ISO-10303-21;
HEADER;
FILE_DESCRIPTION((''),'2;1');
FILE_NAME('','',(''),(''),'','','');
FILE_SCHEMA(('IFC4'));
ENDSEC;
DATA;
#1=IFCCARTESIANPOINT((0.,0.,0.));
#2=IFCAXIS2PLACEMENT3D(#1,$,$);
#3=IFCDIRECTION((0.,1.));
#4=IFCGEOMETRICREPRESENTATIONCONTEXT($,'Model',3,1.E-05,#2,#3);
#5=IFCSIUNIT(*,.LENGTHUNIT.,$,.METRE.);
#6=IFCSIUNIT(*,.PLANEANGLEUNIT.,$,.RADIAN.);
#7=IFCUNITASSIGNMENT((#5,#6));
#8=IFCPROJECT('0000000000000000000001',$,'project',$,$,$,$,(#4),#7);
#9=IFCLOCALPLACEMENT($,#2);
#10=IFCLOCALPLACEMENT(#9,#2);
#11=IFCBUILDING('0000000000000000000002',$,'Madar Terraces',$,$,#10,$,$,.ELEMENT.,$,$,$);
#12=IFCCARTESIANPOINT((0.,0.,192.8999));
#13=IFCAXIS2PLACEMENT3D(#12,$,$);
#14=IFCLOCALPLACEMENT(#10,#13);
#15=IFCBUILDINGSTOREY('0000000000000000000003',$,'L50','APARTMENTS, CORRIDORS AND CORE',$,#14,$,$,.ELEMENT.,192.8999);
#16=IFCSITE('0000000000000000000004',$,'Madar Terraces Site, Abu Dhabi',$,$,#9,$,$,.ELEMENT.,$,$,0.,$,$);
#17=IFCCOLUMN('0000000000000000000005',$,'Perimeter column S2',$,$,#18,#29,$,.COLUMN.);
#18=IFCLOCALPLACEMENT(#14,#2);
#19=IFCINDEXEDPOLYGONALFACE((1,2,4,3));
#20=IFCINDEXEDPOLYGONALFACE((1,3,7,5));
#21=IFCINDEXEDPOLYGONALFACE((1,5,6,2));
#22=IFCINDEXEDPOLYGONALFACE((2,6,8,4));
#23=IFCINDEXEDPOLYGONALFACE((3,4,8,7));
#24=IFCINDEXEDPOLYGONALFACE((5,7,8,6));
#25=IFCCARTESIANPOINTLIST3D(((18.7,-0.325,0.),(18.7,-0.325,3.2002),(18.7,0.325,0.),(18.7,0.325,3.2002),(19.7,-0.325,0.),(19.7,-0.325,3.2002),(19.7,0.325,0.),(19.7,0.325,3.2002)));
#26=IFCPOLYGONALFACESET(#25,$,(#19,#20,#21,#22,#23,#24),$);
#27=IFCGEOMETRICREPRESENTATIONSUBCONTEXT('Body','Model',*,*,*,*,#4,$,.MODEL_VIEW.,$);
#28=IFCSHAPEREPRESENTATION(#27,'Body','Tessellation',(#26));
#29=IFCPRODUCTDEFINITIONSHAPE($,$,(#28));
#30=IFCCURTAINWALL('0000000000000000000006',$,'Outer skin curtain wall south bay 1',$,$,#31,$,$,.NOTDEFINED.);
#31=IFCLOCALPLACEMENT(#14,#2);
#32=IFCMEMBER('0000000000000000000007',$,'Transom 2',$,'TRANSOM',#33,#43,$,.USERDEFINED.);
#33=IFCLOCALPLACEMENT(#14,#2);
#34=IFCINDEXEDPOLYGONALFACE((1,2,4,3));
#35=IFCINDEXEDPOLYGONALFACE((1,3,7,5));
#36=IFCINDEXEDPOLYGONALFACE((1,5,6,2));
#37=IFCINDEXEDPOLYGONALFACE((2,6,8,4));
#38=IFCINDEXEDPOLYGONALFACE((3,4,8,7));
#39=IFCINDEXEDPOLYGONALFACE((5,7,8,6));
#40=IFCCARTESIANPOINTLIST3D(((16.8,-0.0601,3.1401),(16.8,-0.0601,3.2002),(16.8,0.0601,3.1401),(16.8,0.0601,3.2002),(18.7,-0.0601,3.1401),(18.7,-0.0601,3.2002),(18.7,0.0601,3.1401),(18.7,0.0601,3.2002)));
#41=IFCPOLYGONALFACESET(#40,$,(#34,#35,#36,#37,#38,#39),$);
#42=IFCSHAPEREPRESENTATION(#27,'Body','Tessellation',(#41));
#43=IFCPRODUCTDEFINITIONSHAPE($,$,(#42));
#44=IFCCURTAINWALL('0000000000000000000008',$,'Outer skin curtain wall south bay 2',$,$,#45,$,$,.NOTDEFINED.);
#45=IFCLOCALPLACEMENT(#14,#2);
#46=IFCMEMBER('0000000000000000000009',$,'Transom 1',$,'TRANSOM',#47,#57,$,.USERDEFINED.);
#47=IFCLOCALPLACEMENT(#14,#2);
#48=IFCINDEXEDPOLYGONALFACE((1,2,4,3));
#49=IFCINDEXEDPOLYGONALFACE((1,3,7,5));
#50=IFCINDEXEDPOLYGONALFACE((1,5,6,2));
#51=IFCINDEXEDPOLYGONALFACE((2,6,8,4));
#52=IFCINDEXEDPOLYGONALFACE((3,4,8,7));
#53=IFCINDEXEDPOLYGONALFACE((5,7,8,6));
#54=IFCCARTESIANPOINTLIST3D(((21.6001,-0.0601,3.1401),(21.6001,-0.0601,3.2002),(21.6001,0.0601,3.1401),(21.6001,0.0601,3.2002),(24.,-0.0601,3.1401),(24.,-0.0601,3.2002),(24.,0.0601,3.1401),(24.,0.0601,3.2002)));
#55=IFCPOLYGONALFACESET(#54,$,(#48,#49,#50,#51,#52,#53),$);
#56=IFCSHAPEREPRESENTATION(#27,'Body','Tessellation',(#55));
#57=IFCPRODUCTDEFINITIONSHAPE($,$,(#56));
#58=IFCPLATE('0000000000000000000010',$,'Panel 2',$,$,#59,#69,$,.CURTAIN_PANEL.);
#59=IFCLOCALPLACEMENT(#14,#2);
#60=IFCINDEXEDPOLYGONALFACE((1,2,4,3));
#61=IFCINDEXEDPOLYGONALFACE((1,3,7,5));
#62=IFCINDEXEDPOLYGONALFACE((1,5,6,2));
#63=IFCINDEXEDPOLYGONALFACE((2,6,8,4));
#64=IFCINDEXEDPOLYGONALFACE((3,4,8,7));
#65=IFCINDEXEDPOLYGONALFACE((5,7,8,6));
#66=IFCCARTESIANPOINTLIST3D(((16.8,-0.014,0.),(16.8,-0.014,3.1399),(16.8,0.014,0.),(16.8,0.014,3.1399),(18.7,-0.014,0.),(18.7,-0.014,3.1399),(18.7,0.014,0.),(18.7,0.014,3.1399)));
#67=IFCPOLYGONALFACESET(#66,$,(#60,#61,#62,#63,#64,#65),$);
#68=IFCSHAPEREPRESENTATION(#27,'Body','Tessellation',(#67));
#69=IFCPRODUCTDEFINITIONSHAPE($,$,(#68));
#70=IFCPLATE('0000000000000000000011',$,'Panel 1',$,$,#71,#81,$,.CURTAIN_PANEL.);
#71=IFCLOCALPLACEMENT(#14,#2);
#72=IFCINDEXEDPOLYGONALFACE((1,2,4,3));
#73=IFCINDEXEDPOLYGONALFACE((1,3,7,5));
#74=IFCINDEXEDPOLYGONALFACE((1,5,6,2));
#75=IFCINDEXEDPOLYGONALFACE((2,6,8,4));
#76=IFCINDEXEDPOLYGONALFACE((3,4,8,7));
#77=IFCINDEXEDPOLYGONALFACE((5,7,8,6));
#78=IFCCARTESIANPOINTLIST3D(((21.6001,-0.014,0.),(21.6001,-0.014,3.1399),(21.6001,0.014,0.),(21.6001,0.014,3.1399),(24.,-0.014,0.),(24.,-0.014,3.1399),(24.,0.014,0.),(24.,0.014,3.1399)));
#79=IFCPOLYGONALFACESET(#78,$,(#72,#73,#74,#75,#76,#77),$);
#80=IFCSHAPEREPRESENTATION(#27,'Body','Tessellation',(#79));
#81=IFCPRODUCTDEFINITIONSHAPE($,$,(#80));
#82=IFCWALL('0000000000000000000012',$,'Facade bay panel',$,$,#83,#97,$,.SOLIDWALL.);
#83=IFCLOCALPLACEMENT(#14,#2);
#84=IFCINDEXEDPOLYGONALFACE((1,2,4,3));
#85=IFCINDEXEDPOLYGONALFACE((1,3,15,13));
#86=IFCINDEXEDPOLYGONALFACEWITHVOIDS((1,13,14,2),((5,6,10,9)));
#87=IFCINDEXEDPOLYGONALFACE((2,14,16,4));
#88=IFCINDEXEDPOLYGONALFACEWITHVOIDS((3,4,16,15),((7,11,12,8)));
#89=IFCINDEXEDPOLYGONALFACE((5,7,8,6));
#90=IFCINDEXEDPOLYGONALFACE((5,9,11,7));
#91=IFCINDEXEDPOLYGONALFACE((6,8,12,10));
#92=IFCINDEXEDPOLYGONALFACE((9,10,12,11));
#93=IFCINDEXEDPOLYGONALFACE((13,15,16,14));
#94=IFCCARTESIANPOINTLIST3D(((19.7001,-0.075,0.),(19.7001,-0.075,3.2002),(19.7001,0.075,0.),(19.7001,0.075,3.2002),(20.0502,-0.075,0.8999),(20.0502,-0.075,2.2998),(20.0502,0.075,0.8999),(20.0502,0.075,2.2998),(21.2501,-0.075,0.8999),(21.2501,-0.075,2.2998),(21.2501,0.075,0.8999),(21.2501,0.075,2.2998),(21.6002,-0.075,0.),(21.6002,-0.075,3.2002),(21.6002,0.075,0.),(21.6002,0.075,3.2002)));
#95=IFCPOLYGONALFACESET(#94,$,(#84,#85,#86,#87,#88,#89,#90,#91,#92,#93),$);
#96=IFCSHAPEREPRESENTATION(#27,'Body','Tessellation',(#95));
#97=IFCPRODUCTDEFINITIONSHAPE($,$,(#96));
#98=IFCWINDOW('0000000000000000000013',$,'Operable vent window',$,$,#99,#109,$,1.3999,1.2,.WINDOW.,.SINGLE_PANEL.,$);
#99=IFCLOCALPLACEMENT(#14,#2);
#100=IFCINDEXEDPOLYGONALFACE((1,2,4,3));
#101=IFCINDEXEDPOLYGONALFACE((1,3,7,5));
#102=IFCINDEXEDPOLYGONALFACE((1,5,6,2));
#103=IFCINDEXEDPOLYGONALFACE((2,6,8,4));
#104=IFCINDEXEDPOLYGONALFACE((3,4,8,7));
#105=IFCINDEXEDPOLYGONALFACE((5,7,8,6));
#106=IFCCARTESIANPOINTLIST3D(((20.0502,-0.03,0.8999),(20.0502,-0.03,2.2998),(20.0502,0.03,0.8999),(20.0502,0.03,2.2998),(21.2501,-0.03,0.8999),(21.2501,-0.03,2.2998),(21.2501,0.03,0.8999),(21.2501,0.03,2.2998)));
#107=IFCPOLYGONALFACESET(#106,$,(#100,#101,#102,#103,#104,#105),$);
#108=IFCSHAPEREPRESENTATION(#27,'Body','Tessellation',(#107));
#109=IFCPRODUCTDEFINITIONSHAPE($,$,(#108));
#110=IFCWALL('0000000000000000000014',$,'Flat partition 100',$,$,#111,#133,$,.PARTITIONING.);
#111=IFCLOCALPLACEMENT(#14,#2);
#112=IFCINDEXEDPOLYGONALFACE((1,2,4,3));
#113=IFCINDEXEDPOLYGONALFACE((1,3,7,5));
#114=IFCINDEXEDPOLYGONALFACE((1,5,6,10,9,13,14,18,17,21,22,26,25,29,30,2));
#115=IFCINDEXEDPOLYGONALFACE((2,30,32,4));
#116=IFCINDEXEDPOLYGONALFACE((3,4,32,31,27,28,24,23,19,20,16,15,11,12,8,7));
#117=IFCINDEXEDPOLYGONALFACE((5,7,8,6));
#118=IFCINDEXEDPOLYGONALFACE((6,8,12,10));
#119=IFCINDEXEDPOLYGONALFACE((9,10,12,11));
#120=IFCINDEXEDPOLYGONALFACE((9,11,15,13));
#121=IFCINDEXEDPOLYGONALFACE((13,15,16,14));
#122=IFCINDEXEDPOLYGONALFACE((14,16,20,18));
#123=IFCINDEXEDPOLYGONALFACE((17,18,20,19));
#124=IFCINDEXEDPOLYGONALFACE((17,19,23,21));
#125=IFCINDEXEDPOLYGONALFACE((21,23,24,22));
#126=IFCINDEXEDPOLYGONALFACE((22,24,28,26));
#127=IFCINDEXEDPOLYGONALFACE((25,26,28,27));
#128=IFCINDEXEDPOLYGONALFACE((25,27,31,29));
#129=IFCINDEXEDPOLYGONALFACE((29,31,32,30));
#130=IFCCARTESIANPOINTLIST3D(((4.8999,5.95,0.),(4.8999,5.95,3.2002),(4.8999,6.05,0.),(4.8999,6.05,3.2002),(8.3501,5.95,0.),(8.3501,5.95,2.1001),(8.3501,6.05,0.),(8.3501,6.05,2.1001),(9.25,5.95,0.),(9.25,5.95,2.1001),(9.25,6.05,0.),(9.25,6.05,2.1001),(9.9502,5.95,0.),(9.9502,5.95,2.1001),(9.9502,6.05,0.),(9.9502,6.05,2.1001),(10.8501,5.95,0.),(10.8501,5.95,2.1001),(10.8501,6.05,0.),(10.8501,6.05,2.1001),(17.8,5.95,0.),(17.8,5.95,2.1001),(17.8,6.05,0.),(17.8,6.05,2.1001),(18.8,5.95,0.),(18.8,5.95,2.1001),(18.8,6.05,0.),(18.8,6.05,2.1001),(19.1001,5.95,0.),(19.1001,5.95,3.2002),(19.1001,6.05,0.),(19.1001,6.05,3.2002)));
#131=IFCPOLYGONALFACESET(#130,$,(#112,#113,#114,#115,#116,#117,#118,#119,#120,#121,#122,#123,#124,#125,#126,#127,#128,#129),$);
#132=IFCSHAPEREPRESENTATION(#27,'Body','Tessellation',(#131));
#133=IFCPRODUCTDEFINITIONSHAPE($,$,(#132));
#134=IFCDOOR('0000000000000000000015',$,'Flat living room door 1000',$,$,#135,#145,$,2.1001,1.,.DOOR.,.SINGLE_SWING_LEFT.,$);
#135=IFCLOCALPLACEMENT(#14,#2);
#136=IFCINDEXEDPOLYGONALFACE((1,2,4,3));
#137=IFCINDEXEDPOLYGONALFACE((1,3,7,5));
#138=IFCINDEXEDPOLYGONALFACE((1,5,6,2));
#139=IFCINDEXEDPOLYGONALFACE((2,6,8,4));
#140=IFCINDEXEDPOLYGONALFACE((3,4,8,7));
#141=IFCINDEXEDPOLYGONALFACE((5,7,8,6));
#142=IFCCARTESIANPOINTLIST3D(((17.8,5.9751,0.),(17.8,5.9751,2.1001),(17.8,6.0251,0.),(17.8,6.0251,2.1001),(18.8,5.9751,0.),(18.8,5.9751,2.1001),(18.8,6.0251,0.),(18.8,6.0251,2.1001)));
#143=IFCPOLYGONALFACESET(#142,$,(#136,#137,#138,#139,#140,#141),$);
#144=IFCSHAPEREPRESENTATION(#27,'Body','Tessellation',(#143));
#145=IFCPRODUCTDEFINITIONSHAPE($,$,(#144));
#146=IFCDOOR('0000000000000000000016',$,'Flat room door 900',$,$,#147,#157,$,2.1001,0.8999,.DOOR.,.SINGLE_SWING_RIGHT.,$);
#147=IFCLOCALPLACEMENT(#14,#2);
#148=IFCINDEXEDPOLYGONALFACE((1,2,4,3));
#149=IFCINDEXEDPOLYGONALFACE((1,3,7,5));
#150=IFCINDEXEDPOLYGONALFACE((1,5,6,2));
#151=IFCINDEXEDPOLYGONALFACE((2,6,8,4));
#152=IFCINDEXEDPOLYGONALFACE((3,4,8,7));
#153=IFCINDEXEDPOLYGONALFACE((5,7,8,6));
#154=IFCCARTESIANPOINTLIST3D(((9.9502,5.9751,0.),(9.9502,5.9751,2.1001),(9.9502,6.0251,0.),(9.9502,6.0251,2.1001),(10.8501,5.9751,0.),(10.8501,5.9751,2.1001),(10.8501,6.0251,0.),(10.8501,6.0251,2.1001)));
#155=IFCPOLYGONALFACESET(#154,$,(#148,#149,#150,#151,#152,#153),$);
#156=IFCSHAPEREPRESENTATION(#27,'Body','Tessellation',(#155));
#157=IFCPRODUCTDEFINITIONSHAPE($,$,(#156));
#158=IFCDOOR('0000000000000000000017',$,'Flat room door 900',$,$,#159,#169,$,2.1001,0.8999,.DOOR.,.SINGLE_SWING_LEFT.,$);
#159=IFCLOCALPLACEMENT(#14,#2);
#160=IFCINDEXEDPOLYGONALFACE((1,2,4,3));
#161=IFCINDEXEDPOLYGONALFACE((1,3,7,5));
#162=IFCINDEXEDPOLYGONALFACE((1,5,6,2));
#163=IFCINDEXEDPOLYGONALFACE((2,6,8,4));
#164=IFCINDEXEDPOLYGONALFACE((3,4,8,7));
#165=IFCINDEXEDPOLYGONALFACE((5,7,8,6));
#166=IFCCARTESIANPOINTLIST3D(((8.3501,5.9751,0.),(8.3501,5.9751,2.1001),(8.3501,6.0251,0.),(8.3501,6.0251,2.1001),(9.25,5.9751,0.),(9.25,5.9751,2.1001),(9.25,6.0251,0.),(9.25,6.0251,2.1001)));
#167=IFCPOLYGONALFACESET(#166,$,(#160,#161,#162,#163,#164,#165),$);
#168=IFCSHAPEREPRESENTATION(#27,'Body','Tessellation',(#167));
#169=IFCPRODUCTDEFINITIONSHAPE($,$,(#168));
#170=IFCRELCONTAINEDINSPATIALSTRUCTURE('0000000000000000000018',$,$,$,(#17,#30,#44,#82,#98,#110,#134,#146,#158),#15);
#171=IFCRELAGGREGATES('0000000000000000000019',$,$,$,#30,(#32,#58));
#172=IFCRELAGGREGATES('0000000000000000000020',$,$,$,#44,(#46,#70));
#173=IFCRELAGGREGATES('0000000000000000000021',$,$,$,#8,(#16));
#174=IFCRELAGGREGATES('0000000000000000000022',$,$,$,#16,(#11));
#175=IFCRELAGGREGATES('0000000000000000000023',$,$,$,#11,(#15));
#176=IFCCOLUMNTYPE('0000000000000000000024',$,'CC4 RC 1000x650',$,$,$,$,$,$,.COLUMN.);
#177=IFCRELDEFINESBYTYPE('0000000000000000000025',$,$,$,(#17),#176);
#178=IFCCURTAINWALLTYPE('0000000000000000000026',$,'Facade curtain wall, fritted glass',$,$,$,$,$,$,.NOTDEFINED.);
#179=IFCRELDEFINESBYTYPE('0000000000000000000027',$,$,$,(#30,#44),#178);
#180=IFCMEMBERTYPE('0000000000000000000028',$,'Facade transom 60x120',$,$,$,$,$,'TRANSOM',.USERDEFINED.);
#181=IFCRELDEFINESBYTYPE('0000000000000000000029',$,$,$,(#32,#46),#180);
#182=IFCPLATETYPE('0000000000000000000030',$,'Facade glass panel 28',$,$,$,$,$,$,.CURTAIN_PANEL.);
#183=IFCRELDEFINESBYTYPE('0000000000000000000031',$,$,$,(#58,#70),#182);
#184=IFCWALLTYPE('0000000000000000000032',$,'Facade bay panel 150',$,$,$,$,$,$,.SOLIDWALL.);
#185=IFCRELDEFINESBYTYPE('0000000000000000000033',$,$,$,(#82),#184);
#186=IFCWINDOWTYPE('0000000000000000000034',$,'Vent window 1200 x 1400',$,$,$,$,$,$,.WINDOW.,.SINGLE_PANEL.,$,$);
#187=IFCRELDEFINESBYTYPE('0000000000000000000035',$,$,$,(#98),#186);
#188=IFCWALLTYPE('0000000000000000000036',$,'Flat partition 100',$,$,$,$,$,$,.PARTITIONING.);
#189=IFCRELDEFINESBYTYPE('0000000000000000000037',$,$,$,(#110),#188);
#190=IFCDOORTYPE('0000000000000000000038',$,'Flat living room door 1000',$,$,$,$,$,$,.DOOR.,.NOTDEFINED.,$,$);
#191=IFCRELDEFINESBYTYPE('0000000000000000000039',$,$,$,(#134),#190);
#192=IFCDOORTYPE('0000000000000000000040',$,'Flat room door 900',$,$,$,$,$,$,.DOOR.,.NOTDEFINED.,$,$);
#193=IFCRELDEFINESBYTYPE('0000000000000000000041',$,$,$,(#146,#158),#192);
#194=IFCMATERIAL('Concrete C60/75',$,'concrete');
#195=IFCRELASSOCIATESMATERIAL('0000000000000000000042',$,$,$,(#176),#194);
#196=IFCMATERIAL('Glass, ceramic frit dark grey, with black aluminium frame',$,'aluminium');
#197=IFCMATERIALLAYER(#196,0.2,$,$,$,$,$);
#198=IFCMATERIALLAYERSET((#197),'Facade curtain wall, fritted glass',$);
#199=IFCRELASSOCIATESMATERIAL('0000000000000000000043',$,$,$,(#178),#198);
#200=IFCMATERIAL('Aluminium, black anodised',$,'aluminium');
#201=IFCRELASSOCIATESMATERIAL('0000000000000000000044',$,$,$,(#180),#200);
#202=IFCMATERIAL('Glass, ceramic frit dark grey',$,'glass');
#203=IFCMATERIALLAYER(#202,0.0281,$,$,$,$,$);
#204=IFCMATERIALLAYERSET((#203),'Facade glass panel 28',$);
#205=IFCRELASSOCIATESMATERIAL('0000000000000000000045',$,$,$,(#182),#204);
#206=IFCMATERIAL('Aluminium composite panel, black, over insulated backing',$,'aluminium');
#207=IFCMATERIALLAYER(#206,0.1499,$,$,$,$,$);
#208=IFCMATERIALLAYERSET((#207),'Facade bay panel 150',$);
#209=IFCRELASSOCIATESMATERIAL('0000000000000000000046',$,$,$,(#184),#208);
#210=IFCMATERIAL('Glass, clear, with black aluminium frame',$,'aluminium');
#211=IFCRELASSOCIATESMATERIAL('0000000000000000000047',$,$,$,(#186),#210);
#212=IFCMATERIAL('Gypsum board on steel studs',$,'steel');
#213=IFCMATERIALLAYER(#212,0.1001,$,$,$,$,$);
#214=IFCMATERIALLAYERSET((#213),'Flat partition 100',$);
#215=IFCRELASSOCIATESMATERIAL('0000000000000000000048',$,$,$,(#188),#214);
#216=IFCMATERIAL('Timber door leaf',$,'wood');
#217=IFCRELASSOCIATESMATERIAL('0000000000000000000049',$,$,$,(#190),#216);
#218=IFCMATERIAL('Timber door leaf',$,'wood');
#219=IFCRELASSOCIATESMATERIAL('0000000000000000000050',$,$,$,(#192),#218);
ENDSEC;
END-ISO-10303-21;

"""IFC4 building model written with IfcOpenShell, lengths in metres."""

from ifc_helpers import new_model, si_unit, direction, frame, frame_2d, origin, origin_2d, place, context, subcontext, project, spatial, rectangle, extrude, material, layer, layer_set, material_profile, profile_set, type_object, element, fill, aggregate, save


model = new_model("IFC4")

# Units and contexts
model_context = context("Model", 3, precision=1e-05, world=origin(), true_north=direction((0.0, 1.0)))
body_context = subcontext(model_context, "Body", "Model", "MODEL_VIEW")
ifc_project = project(units=[si_unit("LENGTHUNIT", "METRE"), si_unit("PLANEANGLEUNIT", "RADIAN")], contexts=[model_context])

# Site, building, storey
site_placement = place(None, origin())
site = spatial("IfcSite", under=ifc_project, at=site_placement, Name="Madar Terraces Site, Abu Dhabi", CompositionType="ELEMENT", RefElevation=0.0)
building_placement = place(site_placement, origin())
building = spatial("IfcBuilding", under=site, at=building_placement, Name="Madar Terraces", CompositionType="ELEMENT")
storey_placement = place(building_placement, frame((0.0, 0.0, 192.8999)))
storey = spatial("IfcBuildingStorey", under=building, at=storey_placement, Name="L50", Description="APARTMENTS, CORRIDORS AND CORE", CompositionType="ELEMENT", Elevation=192.8999)

# Column
ifc_material_1 = material(Name="Concrete C60/75", Category="concrete")
ifc_material_profile_1 = material_profile(ifc_material_1, rectangle(XDim=1.0, YDim=0.6499, at=origin_2d()), Name="CC4 RC 1000x650")
ifc_profile_set_1 = profile_set([ifc_material_profile_1], Name="Concrete C60/75")
column_type = type_object("IfcColumnType", Name="CC4 RC 1000x650", PredefinedType="COLUMN", material=ifc_profile_set_1)
column_placement = place(storey_placement, frame((19.2, 0.0, 0.0), z_axis=(0.0, 0.0, 1.0), x_axis=(1.0, 0.0, 0.0)))
element("IfcColumn", 1, at=column_placement, inside=storey, type_object=column_type, Name="Perimeter column S2", PredefinedType="COLUMN", context=body_context, shape_type="SweptSolid", body=[
    extrude(rectangle(XDim=1.0, YDim=0.6499, at=origin_2d()), origin(), (0.0, 0.0, 1.0), 3.2002),
])

# Curtain walls, members
ifc_material_2 = material(Name="Glass, ceramic frit dark grey, with black aluminium frame", Category="aluminium")
ifc_layer_1 = layer(ifc_material_2, 0.2)
ifc_layer_set_1 = layer_set([ifc_layer_1], Name="Facade curtain wall, fritted glass")
curtain_wall_type = type_object("IfcCurtainWallType", Name="Facade curtain wall, fritted glass", PredefinedType="NOTDEFINED", material=ifc_layer_set_1)
curtain_wall_1_placement = place(storey_placement, origin())
curtain_wall_1 = element("IfcCurtainWall", 2, at=curtain_wall_1_placement, inside=storey, type_object=curtain_wall_type, Name="Outer skin curtain wall south bay 1", PredefinedType="NOTDEFINED")
ifc_material_3 = material(Name="Aluminium, black anodised", Category="aluminium")
ifc_material_profile_2 = material_profile(ifc_material_3, rectangle(XDim=0.1201, YDim=0.0601, at=origin_2d()), Name="Facade transom 60x120")
ifc_profile_set_2 = profile_set([ifc_material_profile_2], Name="Aluminium, black anodised")
member_type = type_object("IfcMemberType", Name="Facade transom 60x120", ElementType="TRANSOM", PredefinedType="USERDEFINED", material=ifc_profile_set_2)
member_1_placement = place(storey_placement, frame((16.8, 0.0, 3.1702), z_axis=(1.0, 0.0, 0.0), x_axis=(0.0, 1.0, 0.0)))
member_1 = element("IfcMember", 3, at=member_1_placement, type_object=member_type, Name="Transom 2", ObjectType="TRANSOM", PredefinedType="USERDEFINED", context=body_context, shape_type="SweptSolid", body=[
    extrude(rectangle(XDim=0.1201, YDim=0.0601, at=origin_2d()), origin(), (0.0, 0.0, 1.0), 1.8999),
])
curtain_wall_2_placement = place(storey_placement, origin())
curtain_wall_2 = element("IfcCurtainWall", 4, at=curtain_wall_2_placement, inside=storey, type_object=curtain_wall_type, Name="Outer skin curtain wall south bay 2", PredefinedType="NOTDEFINED")
member_2_placement = place(storey_placement, frame((21.6001, 0.0, 3.1702), z_axis=(1.0, 0.0, 0.0), x_axis=(0.0, 1.0, 0.0)))
member_2 = element("IfcMember", 5, at=member_2_placement, type_object=member_type, Name="Transom 1", ObjectType="TRANSOM", PredefinedType="USERDEFINED", context=body_context, shape_type="SweptSolid", body=[
    extrude(rectangle(XDim=0.1201, YDim=0.0601, at=origin_2d()), origin(), (0.0, 0.0, 1.0), 2.3999),
])

# Plates
ifc_material_4 = material(Name="Glass, ceramic frit dark grey", Category="glass")
ifc_layer_2 = layer(ifc_material_4, 0.0281)
ifc_layer_set_2 = layer_set([ifc_layer_2], Name="Facade glass panel 28")
plate_type = type_object("IfcPlateType", Name="Facade glass panel 28", PredefinedType="CURTAIN_PANEL", material=ifc_layer_set_2)
plate_1_placement = place(storey_placement, frame((17.75, 0.0, 0.0), z_axis=(0.0, 0.0, 1.0), x_axis=(1.0, 0.0, 0.0)))
plate_1 = element("IfcPlate", 6, at=plate_1_placement, type_object=plate_type, Name="Panel 2", PredefinedType="CURTAIN_PANEL", context=body_context, shape_type="SweptSolid", body=[
    extrude(rectangle(XDim=1.8999, YDim=0.0281, at=origin_2d()), origin(), (0.0, 0.0, 1.0), 3.1399),
])
aggregate(curtain_wall_1, [member_1, plate_1])
plate_2_placement = place(storey_placement, frame((22.8, 0.0, 0.0), z_axis=(0.0, 0.0, 1.0), x_axis=(1.0, 0.0, 0.0)))
plate_2 = element("IfcPlate", 7, at=plate_2_placement, type_object=plate_type, Name="Panel 1", PredefinedType="CURTAIN_PANEL", context=body_context, shape_type="SweptSolid", body=[
    extrude(rectangle(XDim=2.3999, YDim=0.0281, at=origin_2d()), origin(), (0.0, 0.0, 1.0), 3.1399),
])
aggregate(curtain_wall_2, [member_2, plate_2])

# Wall, opening, window
ifc_material_5 = material(Name="Aluminium composite panel, black, over insulated backing", Category="aluminium")
ifc_layer_3 = layer(ifc_material_5, 0.1499)
ifc_layer_set_3 = layer_set([ifc_layer_3], Name="Facade bay panel 150")
wall_type_1 = type_object("IfcWallType", Name="Facade bay panel 150", PredefinedType="SOLIDWALL", material=ifc_layer_set_3)
wall_1_placement = place(storey_placement, frame((19.7, 0.0, 0.0), z_axis=(0.0, 0.0, 1.0), x_axis=(1.0, 0.0, 0.0)))
wall_1 = element("IfcWall", 8, at=wall_1_placement, inside=storey, type_object=wall_type_1, Name="Facade bay panel", PredefinedType="SOLIDWALL", context=body_context, shape_type="SweptSolid", body=[
    extrude(rectangle(XDim=1.9001, YDim=0.1499, at=frame_2d((0.9502, 0.0))), origin(), (0.0, 0.0, 1.0), 3.2002),
])
opening_1_placement = place(wall_1_placement, frame((0.3501, 0.0, 0.8999)))
opening_1 = element("IfcOpeningElement", 9, at=opening_1_placement, cuts=wall_1, PredefinedType="OPENING", context=body_context, shape_type="SweptSolid", body=[
    extrude(rectangle(XDim=1.2, YDim=1.3999, at=frame_2d((0.6001, 0.7))), frame((0.0, 0.085, 0.0), z_axis=(0.0, -1.0, 0.0), x_axis=(1.0, 0.0, 0.0)), (0.0, 0.0, 1.0), 0.1699),
])
ifc_material_6 = material(Name="Glass, clear, with black aluminium frame", Category="aluminium")
window_type = type_object("IfcWindowType", Name="Vent window 1200 x 1400", PartitioningType="SINGLE_PANEL", PredefinedType="WINDOW", material=ifc_material_6)
window_placement = place(opening_1_placement, origin())
window = element("IfcWindow", 10, at=window_placement, inside=storey, type_object=window_type, Name="Operable vent window", OverallHeight=1.3999, OverallWidth=1.2, PartitioningType="SINGLE_PANEL", PredefinedType="WINDOW", context=body_context, shape_type="SweptSolid", body=[
    extrude(rectangle(XDim=1.2, YDim=1.3999, at=frame_2d((0.6001, 0.7))), frame((0.0, 0.03, 0.0), z_axis=(0.0, -1.0, 0.0), x_axis=(1.0, 0.0, 0.0)), (0.0, 0.0, 1.0), 0.0601),
])
fill(opening_1, window)

# Wall, openings, doors
ifc_material_7 = material(Name="Gypsum board on steel studs", Category="steel")
ifc_layer_4 = layer(ifc_material_7, 0.1001)
ifc_layer_set_4 = layer_set([ifc_layer_4], Name="Flat partition 100")
wall_type_2 = type_object("IfcWallType", Name="Flat partition 100", PredefinedType="PARTITIONING", material=ifc_layer_set_4)
wall_2_placement = place(storey_placement, frame((19.1001, 6.0, 0.0), z_axis=(0.0, 0.0, 1.0), x_axis=(-1.0, 0.0, 0.0)))
wall_2 = element("IfcWall", 11, at=wall_2_placement, inside=storey, type_object=wall_type_2, Name="Flat partition 100", PredefinedType="PARTITIONING", context=body_context, shape_type="SweptSolid", body=[
    extrude(rectangle(XDim=14.2002, YDim=0.1001, at=frame_2d((7.1001, 0.0))), origin(), (0.0, 0.0, 1.0), 3.2002),
])
opening_2_placement = place(wall_2_placement, frame((0.3, 0.0, 0.0)))
opening_2 = element("IfcOpeningElement", 12, at=opening_2_placement, cuts=wall_2, PredefinedType="OPENING", context=body_context, shape_type="SweptSolid", body=[
    extrude(rectangle(XDim=1.0, YDim=2.1001, at=frame_2d((0.5, 1.05))), frame((0.0, 0.0601, 0.0), z_axis=(0.0, -1.0, 0.0), x_axis=(1.0, 0.0, 0.0)), (0.0, 0.0, 1.0), 0.1201),
])
opening_3_placement = place(wall_2_placement, frame((8.25, 0.0, 0.0)))
opening_3 = element("IfcOpeningElement", 13, at=opening_3_placement, cuts=wall_2, PredefinedType="OPENING", context=body_context, shape_type="SweptSolid", body=[
    extrude(rectangle(XDim=0.8999, YDim=2.1001, at=frame_2d((0.45, 1.05))), frame((0.0, 0.0601, 0.0), z_axis=(0.0, -1.0, 0.0), x_axis=(1.0, 0.0, 0.0)), (0.0, 0.0, 1.0), 0.1201),
])
opening_4_placement = place(wall_2_placement, frame((9.8501, 0.0, 0.0)))
opening_4 = element("IfcOpeningElement", 14, at=opening_4_placement, cuts=wall_2, PredefinedType="OPENING", context=body_context, shape_type="SweptSolid", body=[
    extrude(rectangle(XDim=0.8999, YDim=2.1001, at=frame_2d((0.45, 1.05))), frame((0.0, 0.0601, 0.0), z_axis=(0.0, -1.0, 0.0), x_axis=(1.0, 0.0, 0.0)), (0.0, 0.0, 1.0), 0.1201),
])
ifc_material_8 = material(Name="Timber door leaf", Category="wood")
door_type_1 = type_object("IfcDoorType", Name="Flat living room door 1000", OperationType="NOTDEFINED", PredefinedType="DOOR", material=ifc_material_8)
door_1_placement = place(opening_2_placement, origin())
door_1 = element("IfcDoor", 15, at=door_1_placement, inside=storey, type_object=door_type_1, Name="Flat living room door 1000", OperationType="SINGLE_SWING_LEFT", OverallHeight=2.1001, OverallWidth=1.0, PredefinedType="DOOR", context=body_context, shape_type="SweptSolid", body=[
    extrude(rectangle(XDim=1.0, YDim=2.1001, at=frame_2d((0.5, 1.05))), frame((0.0, 0.0249, 0.0), z_axis=(0.0, -1.0, 0.0), x_axis=(1.0, 0.0, 0.0)), (0.0, 0.0, 1.0), 0.05),
])
fill(opening_2, door_1)
ifc_material_9 = material(Name="Timber door leaf", Category="wood")
door_type_2 = type_object("IfcDoorType", Name="Flat room door 900", OperationType="NOTDEFINED", PredefinedType="DOOR", material=ifc_material_9)
door_2_placement = place(opening_3_placement, origin())
door_2 = element("IfcDoor", 16, at=door_2_placement, inside=storey, type_object=door_type_2, Name="Flat room door 900", OperationType="SINGLE_SWING_RIGHT", OverallHeight=2.1001, OverallWidth=0.8999, PredefinedType="DOOR", context=body_context, shape_type="SweptSolid", body=[
    extrude(rectangle(XDim=0.8999, YDim=2.1001, at=frame_2d((0.45, 1.05))), frame((0.0, 0.0249, 0.0), z_axis=(0.0, -1.0, 0.0), x_axis=(1.0, 0.0, 0.0)), (0.0, 0.0, 1.0), 0.05),
])
fill(opening_3, door_2)
door_3_placement = place(opening_4_placement, origin())
door_3 = element("IfcDoor", 17, at=door_3_placement, inside=storey, type_object=door_type_2, Name="Flat room door 900", OperationType="SINGLE_SWING_LEFT", OverallHeight=2.1001, OverallWidth=0.8999, PredefinedType="DOOR", context=body_context, shape_type="SweptSolid", body=[
    extrude(rectangle(XDim=0.8999, YDim=2.1001, at=frame_2d((0.45, 1.05))), frame((0.0, 0.0249, 0.0), z_axis=(0.0, -1.0, 0.0), x_axis=(1.0, 0.0, 0.0)), (0.0, 0.0, 1.0), 0.05),
])
fill(opening_4, door_3)

save(model, "model.ifc")
